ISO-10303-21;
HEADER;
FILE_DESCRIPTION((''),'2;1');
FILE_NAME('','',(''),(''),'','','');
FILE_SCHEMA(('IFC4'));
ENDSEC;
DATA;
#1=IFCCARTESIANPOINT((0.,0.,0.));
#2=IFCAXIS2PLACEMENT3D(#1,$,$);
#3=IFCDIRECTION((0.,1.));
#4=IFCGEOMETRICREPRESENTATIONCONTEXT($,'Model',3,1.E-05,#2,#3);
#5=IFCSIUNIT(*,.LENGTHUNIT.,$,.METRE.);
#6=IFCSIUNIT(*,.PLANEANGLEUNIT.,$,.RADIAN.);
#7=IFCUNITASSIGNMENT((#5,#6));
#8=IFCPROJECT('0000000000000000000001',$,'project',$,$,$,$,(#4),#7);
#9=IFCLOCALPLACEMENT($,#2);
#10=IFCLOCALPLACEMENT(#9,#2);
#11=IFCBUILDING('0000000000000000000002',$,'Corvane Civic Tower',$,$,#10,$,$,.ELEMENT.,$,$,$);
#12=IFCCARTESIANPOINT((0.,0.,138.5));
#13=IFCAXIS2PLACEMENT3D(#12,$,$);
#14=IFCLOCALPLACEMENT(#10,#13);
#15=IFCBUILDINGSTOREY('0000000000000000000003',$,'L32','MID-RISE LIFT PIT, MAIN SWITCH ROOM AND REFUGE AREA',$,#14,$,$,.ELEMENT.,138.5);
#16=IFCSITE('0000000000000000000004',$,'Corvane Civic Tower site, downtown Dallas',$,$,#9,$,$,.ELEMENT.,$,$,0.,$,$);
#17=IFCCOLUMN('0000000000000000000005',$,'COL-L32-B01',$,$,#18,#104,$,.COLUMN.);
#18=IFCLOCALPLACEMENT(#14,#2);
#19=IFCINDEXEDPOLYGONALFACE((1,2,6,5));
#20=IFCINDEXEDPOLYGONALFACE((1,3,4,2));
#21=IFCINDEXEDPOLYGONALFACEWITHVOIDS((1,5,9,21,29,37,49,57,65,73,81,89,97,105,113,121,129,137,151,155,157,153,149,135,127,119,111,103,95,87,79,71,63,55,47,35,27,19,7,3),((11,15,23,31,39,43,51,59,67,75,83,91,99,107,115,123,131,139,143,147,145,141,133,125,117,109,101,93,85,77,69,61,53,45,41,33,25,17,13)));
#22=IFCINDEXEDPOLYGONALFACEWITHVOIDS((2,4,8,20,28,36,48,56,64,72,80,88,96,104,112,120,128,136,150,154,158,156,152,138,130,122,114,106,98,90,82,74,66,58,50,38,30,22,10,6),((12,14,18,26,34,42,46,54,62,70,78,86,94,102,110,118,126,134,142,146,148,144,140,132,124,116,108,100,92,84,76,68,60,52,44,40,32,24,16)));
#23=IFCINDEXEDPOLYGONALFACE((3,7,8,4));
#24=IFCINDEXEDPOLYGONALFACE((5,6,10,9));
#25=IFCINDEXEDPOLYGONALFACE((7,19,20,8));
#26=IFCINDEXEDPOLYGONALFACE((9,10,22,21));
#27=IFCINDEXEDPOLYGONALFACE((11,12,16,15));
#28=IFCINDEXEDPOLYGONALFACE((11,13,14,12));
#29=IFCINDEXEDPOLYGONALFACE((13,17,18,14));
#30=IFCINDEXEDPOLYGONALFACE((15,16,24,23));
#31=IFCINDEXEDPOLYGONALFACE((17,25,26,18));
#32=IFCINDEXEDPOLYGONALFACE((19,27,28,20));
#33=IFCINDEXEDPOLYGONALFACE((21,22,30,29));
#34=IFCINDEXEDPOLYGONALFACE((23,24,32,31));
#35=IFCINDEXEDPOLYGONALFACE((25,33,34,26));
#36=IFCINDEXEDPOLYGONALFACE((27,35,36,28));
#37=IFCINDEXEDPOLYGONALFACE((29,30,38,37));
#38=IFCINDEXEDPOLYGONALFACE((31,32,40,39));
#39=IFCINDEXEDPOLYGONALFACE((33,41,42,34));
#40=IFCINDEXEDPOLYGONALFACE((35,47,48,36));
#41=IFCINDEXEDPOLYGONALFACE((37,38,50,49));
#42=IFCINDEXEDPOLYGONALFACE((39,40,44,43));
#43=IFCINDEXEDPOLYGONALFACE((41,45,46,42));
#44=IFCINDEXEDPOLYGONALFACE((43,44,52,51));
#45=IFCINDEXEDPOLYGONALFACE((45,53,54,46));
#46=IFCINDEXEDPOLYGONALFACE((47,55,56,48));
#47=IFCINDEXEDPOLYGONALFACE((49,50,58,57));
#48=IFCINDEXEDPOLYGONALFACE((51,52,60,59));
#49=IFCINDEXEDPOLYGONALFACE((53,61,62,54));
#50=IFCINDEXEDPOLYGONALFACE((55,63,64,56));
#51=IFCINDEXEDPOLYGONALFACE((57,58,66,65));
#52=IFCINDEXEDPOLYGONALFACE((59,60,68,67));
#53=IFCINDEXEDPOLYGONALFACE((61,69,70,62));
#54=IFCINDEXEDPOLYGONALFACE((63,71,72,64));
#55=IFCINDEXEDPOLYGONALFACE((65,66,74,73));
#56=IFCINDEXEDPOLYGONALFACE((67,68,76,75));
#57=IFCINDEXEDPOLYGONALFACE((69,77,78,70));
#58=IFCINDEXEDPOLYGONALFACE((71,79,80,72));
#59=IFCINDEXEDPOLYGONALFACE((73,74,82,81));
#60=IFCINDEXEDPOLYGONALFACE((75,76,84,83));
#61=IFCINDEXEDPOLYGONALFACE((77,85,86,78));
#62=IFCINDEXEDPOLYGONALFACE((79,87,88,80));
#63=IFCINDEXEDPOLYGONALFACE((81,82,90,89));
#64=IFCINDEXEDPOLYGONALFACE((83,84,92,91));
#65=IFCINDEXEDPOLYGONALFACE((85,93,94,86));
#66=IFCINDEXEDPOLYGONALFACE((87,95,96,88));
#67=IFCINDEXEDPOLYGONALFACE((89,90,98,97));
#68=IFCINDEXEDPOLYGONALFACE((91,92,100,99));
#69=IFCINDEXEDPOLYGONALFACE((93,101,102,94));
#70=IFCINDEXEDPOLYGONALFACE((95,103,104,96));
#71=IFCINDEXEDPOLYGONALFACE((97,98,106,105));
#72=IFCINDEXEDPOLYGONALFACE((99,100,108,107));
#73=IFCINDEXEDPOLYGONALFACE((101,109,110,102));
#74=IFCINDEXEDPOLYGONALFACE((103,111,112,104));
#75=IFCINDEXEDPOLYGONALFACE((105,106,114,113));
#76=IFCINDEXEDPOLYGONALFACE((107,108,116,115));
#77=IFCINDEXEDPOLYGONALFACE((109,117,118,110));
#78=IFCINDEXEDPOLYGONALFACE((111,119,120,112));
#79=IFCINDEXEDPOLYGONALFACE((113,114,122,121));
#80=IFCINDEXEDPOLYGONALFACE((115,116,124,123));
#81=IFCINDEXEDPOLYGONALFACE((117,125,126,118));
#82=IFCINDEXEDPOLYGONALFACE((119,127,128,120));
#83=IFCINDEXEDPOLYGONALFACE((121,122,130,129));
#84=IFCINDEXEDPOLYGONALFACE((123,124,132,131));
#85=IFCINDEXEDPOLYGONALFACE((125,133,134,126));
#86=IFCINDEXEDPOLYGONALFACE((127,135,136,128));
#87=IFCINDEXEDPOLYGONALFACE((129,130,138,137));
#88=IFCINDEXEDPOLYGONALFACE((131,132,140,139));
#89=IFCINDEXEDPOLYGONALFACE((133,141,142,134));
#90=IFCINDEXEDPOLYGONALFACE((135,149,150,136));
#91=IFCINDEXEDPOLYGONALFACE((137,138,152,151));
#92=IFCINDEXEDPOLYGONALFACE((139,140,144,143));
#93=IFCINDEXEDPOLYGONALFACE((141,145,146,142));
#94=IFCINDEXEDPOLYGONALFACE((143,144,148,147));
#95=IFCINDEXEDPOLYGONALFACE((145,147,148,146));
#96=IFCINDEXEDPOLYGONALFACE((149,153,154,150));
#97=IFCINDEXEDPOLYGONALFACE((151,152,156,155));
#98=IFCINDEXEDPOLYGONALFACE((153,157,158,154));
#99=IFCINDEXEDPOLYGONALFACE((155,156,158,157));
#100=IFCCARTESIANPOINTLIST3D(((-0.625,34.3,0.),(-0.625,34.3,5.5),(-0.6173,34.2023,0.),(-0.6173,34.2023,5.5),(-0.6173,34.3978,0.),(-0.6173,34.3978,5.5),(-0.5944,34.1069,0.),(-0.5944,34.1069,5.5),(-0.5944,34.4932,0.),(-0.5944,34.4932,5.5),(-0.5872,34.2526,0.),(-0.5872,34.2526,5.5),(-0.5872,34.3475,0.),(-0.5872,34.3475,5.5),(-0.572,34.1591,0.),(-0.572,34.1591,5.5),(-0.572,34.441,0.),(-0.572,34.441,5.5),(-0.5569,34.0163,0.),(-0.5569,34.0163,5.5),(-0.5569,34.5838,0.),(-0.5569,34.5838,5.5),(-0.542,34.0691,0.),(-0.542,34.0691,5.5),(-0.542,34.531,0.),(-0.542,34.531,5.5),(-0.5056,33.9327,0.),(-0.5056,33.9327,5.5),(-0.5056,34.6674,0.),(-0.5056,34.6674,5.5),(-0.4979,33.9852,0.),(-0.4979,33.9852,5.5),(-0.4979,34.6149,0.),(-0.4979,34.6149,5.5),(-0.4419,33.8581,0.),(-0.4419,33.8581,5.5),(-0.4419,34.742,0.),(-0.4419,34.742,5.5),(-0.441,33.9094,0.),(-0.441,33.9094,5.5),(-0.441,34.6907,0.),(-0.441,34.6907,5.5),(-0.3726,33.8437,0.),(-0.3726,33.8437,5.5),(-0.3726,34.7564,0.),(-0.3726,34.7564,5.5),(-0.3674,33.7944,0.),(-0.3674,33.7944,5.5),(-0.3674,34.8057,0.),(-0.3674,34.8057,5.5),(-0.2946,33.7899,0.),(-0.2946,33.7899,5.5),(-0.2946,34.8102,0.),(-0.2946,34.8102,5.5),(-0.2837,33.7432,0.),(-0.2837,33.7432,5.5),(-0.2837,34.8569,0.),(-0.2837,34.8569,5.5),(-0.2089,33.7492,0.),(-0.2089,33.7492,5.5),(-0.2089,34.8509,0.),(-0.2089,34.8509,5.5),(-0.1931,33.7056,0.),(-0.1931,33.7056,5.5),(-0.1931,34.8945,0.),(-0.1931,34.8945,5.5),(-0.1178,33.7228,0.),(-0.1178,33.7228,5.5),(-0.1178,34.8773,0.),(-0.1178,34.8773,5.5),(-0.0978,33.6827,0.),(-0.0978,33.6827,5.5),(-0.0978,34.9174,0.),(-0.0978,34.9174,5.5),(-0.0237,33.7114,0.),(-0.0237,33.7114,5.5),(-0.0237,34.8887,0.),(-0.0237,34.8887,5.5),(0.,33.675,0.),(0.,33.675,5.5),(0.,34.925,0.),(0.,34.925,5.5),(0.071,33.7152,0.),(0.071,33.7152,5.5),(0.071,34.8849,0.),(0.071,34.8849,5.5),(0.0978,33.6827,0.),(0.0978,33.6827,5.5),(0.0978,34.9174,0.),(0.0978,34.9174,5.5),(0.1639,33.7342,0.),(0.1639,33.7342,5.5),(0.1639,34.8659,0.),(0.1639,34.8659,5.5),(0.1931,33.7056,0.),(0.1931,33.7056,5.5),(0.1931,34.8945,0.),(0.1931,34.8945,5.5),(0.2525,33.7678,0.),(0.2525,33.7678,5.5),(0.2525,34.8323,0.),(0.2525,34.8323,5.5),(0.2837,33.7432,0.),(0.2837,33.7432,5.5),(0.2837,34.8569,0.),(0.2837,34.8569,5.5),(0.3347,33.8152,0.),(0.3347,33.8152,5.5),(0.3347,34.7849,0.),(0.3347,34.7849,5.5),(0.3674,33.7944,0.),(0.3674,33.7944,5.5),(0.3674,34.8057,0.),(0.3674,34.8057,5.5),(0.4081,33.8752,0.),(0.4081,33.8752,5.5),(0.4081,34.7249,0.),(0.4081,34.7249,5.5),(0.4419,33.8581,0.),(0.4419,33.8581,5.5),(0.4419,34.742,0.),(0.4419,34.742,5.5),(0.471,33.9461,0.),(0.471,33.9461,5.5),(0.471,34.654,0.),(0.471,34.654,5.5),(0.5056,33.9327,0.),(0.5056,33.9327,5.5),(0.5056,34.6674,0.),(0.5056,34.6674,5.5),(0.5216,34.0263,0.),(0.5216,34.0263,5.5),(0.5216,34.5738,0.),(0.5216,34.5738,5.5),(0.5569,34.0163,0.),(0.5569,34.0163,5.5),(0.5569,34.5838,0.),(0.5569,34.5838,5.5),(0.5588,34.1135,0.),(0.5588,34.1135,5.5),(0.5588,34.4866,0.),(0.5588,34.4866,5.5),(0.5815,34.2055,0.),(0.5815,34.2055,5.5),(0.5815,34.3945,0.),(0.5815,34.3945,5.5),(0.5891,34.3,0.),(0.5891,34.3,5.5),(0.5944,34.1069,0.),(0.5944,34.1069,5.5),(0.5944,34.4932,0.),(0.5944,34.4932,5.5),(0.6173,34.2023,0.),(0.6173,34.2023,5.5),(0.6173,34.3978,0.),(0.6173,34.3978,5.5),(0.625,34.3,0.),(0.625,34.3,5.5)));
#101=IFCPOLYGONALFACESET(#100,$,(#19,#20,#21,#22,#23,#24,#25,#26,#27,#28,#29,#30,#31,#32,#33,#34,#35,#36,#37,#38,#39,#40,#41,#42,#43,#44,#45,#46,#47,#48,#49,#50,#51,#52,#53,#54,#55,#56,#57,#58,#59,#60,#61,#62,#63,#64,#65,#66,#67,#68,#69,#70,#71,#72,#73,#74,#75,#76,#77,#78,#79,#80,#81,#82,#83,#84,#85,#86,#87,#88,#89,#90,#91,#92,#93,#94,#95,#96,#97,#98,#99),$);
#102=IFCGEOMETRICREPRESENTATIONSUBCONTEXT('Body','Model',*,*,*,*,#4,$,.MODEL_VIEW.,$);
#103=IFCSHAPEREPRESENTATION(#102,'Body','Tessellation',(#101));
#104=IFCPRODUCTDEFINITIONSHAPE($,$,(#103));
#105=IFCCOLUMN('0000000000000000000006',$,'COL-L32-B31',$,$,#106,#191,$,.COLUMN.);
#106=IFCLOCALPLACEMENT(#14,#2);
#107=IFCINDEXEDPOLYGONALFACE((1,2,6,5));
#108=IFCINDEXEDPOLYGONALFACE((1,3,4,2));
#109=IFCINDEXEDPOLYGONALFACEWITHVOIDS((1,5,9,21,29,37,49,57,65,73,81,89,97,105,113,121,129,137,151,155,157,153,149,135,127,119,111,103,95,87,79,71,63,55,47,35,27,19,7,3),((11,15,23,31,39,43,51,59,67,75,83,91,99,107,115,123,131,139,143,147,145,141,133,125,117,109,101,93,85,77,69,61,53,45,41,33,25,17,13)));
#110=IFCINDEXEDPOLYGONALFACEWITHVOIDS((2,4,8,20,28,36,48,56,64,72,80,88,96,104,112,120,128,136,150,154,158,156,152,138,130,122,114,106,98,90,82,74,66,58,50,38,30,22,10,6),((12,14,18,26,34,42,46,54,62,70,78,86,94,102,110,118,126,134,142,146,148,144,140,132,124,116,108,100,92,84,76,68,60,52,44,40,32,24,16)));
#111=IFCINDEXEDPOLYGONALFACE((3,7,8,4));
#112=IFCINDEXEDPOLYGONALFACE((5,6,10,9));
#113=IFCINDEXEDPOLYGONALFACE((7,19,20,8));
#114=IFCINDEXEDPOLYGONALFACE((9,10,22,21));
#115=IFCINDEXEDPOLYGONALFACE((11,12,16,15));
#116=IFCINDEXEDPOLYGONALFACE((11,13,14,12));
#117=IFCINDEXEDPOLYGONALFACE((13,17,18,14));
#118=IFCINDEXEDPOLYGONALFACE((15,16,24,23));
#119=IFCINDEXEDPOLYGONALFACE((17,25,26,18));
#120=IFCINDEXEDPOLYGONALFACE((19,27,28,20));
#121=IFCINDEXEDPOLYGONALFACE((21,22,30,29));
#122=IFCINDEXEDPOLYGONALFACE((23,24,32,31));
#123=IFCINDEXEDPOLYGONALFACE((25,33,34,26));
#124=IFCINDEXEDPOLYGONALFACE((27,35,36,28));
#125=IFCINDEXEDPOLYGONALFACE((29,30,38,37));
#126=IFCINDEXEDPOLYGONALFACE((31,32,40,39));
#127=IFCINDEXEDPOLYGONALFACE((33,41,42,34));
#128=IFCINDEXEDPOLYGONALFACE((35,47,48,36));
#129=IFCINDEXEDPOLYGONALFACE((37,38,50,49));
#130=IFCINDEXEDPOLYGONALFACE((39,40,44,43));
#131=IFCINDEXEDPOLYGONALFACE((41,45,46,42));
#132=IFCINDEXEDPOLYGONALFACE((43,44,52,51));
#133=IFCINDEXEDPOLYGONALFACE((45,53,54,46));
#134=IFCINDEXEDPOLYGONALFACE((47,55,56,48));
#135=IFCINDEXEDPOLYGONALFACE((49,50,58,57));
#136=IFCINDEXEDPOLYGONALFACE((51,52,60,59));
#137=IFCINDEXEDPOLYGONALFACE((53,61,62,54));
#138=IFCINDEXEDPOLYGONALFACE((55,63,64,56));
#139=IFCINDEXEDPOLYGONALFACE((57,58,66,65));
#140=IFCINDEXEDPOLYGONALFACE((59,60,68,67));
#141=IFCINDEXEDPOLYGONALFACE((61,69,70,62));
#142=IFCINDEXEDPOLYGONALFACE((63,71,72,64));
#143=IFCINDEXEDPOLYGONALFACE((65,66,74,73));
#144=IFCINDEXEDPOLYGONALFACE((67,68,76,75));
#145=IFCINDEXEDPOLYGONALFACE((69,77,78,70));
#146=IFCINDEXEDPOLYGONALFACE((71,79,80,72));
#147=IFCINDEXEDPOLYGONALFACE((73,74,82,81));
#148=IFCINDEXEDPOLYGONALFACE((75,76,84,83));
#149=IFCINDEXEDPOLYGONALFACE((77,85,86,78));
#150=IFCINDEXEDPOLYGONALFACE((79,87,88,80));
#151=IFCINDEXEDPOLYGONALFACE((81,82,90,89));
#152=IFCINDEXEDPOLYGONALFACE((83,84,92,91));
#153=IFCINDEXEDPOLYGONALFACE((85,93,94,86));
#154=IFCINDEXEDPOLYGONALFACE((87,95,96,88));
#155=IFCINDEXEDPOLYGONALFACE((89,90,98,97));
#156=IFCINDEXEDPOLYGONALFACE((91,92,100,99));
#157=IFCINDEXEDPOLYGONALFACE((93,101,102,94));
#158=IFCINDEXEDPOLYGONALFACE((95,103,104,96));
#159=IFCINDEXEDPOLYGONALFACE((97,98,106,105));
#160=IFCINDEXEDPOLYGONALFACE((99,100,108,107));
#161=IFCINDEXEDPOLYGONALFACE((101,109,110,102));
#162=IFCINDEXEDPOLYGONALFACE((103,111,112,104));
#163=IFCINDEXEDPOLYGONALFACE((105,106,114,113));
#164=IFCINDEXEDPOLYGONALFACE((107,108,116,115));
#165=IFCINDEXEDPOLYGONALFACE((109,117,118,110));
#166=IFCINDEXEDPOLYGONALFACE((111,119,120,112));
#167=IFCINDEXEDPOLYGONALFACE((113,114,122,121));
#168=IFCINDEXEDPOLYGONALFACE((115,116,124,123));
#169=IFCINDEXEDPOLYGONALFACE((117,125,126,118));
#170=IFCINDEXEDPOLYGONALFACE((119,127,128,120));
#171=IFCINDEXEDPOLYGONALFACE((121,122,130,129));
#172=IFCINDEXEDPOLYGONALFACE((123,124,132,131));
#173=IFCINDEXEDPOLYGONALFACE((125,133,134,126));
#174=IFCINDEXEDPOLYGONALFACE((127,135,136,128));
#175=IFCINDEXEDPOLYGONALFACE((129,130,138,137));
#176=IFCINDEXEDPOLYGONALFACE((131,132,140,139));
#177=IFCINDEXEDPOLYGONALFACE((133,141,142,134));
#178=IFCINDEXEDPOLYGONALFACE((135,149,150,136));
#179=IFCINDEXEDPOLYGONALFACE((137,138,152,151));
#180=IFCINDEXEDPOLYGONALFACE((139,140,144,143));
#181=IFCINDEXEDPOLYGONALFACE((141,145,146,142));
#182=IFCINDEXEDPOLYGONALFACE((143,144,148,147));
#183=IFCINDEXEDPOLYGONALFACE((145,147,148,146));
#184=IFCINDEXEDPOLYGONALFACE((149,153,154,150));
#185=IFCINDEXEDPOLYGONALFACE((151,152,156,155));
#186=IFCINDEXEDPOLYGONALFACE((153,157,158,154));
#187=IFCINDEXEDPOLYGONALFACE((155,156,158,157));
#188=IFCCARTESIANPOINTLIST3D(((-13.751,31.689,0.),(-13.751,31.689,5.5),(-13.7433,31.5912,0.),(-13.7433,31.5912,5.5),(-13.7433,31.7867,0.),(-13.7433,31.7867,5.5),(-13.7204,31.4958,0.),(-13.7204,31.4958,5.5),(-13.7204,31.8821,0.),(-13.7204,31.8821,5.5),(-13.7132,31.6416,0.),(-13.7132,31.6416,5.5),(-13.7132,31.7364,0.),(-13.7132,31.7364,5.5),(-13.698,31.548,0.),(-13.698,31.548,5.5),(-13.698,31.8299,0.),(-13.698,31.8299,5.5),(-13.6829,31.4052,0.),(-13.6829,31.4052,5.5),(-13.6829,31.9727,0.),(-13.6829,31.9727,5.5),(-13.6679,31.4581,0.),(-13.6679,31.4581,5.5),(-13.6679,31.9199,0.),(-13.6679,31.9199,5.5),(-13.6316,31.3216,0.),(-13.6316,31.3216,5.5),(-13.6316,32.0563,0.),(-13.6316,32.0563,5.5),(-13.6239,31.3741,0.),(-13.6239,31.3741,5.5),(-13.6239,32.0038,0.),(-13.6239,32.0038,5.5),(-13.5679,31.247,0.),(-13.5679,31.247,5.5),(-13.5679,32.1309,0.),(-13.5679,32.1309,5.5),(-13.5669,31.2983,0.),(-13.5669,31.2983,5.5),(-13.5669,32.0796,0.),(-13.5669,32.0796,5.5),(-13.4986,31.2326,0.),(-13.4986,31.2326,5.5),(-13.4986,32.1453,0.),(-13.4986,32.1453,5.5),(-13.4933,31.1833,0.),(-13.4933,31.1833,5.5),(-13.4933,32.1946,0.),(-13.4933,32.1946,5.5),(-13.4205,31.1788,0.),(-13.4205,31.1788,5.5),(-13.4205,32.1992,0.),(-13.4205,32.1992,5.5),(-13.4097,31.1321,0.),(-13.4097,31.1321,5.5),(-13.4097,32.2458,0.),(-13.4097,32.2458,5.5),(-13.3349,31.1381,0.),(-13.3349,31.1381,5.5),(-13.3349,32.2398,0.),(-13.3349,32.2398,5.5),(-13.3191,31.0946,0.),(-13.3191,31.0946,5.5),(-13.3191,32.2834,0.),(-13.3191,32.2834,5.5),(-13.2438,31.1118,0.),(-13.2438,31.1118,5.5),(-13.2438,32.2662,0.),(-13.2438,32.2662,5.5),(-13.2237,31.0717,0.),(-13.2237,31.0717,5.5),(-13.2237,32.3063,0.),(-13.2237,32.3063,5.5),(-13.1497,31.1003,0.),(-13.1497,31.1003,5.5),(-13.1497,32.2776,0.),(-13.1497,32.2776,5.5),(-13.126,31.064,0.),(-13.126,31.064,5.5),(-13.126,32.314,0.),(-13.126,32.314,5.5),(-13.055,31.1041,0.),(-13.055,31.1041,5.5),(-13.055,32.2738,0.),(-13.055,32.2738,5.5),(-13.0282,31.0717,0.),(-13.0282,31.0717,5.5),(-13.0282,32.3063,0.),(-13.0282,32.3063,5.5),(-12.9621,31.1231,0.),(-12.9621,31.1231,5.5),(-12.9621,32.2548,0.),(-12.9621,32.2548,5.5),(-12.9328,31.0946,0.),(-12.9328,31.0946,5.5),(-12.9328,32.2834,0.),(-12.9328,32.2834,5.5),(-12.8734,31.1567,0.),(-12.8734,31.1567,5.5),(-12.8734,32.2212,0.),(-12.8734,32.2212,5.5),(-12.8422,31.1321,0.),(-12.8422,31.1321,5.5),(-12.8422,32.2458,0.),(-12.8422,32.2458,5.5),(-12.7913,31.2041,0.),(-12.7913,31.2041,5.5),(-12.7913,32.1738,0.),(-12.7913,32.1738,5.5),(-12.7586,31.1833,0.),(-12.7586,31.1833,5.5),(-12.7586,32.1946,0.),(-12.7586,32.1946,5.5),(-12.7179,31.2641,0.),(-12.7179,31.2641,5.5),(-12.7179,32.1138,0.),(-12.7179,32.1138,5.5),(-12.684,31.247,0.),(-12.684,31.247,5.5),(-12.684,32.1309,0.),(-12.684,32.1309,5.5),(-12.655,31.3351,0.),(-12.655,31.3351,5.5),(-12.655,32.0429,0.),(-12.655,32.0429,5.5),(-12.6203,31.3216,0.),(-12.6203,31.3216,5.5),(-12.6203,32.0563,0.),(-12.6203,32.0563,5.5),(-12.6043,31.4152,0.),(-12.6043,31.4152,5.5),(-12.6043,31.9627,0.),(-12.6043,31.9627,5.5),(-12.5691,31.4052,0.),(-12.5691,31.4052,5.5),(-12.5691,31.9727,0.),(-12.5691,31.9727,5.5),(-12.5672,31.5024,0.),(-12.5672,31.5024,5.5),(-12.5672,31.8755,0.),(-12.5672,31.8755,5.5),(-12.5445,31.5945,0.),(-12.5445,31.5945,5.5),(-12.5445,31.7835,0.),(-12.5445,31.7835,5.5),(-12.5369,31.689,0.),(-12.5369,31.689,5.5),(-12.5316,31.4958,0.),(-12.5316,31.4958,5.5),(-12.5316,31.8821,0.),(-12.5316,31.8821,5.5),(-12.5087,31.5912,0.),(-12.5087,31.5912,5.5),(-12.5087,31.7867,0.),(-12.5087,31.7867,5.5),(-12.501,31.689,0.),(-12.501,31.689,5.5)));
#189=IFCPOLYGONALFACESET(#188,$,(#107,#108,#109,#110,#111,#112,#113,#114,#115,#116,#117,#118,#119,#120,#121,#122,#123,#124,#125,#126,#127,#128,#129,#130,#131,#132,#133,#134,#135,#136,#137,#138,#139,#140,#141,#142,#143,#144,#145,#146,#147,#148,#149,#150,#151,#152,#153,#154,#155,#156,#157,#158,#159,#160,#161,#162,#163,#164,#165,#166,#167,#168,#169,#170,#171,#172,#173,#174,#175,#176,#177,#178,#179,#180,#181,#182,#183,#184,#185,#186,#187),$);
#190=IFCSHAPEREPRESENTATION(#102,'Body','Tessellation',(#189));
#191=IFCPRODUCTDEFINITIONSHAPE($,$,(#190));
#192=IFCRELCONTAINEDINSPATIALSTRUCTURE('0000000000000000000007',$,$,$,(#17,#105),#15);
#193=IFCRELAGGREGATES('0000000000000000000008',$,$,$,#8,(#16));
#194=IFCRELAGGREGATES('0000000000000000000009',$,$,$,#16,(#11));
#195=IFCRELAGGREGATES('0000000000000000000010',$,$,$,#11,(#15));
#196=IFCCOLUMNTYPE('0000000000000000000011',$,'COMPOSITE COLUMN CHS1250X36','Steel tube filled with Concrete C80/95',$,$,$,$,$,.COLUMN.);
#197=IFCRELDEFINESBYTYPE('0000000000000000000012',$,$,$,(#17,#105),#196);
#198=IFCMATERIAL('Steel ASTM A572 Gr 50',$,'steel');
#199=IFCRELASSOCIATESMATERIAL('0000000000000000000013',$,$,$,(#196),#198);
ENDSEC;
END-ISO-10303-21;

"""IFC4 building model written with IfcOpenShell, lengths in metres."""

from ifc_helpers import new_model, si_unit, direction, frame, origin, origin_2d, place, context, subcontext, project, spatial, hollow_circle, extrude, material, material_profile, profile_set, type_object, element, save


model = new_model("IFC4")

# Units and contexts
model_context = context("Model", 3, precision=1e-05, world=origin(), true_north=direction((0.0, 1.0)))
body_context = subcontext(model_context, "Body", "Model", "MODEL_VIEW")
ifc_project = project(units=[si_unit("LENGTHUNIT", "METRE"), si_unit("PLANEANGLEUNIT", "RADIAN")], contexts=[model_context])

# Site, building, storey
site_placement = place(None, origin())
site = spatial("IfcSite", under=ifc_project, at=site_placement, Name="Corvane Civic Tower site, downtown Dallas", CompositionType="ELEMENT", RefElevation=0.0)
building_placement = place(site_placement, origin())
building = spatial("IfcBuilding", under=site, at=building_placement, Name="Corvane Civic Tower", CompositionType="ELEMENT")
storey_placement = place(building_placement, frame((0.0, 0.0, 138.5)))
storey = spatial("IfcBuildingStorey", under=building, at=storey_placement, Name="L32", Description="MID-RISE LIFT PIT, MAIN SWITCH ROOM AND REFUGE AREA", CompositionType="ELEMENT", Elevation=138.5)

# Columns
ifc_material_1 = material(Name="Steel ASTM A572 Gr 50", Category="steel")
ifc_material_profile_1 = material_profile(ifc_material_1, hollow_circle(Radius=0.625, WallThickness=0.0359, at=origin_2d()), Name="CHS1250X36")
ifc_profile_set_1 = profile_set([ifc_material_profile_1], Name="Steel ASTM A572 Gr 50")
column_type = type_object("IfcColumnType", Name="COMPOSITE COLUMN CHS1250X36", Description="Steel tube filled with Concrete C80/95", PredefinedType="COLUMN", material=ifc_profile_set_1)
for number, where, z_axis, x_axis, name in (
    (1, (0.0, 34.3, 0.0), (0.0, 0.0, 1.0), (1.0, 0.0, 0.0), "COL-L32-B01"),
    (2, (-13.126, 31.689, 0.0), (0.0, 0.0, 1.0), (1.0, 0.0, 0.0), "COL-L32-B31"),
):
    element("IfcColumn", number, at=place(storey_placement, frame(where, z_axis=z_axis, x_axis=x_axis)), inside=storey, type_object=column_type, Name=name, PredefinedType="COLUMN", context=body_context, shape_type="SweptSolid", body=[
        extrude(hollow_circle(Radius=0.625, WallThickness=0.0359, at=origin_2d()), origin(), (0.0, 0.0, 1.0), 5.5),
    ])

save(model, "model.ifc")
